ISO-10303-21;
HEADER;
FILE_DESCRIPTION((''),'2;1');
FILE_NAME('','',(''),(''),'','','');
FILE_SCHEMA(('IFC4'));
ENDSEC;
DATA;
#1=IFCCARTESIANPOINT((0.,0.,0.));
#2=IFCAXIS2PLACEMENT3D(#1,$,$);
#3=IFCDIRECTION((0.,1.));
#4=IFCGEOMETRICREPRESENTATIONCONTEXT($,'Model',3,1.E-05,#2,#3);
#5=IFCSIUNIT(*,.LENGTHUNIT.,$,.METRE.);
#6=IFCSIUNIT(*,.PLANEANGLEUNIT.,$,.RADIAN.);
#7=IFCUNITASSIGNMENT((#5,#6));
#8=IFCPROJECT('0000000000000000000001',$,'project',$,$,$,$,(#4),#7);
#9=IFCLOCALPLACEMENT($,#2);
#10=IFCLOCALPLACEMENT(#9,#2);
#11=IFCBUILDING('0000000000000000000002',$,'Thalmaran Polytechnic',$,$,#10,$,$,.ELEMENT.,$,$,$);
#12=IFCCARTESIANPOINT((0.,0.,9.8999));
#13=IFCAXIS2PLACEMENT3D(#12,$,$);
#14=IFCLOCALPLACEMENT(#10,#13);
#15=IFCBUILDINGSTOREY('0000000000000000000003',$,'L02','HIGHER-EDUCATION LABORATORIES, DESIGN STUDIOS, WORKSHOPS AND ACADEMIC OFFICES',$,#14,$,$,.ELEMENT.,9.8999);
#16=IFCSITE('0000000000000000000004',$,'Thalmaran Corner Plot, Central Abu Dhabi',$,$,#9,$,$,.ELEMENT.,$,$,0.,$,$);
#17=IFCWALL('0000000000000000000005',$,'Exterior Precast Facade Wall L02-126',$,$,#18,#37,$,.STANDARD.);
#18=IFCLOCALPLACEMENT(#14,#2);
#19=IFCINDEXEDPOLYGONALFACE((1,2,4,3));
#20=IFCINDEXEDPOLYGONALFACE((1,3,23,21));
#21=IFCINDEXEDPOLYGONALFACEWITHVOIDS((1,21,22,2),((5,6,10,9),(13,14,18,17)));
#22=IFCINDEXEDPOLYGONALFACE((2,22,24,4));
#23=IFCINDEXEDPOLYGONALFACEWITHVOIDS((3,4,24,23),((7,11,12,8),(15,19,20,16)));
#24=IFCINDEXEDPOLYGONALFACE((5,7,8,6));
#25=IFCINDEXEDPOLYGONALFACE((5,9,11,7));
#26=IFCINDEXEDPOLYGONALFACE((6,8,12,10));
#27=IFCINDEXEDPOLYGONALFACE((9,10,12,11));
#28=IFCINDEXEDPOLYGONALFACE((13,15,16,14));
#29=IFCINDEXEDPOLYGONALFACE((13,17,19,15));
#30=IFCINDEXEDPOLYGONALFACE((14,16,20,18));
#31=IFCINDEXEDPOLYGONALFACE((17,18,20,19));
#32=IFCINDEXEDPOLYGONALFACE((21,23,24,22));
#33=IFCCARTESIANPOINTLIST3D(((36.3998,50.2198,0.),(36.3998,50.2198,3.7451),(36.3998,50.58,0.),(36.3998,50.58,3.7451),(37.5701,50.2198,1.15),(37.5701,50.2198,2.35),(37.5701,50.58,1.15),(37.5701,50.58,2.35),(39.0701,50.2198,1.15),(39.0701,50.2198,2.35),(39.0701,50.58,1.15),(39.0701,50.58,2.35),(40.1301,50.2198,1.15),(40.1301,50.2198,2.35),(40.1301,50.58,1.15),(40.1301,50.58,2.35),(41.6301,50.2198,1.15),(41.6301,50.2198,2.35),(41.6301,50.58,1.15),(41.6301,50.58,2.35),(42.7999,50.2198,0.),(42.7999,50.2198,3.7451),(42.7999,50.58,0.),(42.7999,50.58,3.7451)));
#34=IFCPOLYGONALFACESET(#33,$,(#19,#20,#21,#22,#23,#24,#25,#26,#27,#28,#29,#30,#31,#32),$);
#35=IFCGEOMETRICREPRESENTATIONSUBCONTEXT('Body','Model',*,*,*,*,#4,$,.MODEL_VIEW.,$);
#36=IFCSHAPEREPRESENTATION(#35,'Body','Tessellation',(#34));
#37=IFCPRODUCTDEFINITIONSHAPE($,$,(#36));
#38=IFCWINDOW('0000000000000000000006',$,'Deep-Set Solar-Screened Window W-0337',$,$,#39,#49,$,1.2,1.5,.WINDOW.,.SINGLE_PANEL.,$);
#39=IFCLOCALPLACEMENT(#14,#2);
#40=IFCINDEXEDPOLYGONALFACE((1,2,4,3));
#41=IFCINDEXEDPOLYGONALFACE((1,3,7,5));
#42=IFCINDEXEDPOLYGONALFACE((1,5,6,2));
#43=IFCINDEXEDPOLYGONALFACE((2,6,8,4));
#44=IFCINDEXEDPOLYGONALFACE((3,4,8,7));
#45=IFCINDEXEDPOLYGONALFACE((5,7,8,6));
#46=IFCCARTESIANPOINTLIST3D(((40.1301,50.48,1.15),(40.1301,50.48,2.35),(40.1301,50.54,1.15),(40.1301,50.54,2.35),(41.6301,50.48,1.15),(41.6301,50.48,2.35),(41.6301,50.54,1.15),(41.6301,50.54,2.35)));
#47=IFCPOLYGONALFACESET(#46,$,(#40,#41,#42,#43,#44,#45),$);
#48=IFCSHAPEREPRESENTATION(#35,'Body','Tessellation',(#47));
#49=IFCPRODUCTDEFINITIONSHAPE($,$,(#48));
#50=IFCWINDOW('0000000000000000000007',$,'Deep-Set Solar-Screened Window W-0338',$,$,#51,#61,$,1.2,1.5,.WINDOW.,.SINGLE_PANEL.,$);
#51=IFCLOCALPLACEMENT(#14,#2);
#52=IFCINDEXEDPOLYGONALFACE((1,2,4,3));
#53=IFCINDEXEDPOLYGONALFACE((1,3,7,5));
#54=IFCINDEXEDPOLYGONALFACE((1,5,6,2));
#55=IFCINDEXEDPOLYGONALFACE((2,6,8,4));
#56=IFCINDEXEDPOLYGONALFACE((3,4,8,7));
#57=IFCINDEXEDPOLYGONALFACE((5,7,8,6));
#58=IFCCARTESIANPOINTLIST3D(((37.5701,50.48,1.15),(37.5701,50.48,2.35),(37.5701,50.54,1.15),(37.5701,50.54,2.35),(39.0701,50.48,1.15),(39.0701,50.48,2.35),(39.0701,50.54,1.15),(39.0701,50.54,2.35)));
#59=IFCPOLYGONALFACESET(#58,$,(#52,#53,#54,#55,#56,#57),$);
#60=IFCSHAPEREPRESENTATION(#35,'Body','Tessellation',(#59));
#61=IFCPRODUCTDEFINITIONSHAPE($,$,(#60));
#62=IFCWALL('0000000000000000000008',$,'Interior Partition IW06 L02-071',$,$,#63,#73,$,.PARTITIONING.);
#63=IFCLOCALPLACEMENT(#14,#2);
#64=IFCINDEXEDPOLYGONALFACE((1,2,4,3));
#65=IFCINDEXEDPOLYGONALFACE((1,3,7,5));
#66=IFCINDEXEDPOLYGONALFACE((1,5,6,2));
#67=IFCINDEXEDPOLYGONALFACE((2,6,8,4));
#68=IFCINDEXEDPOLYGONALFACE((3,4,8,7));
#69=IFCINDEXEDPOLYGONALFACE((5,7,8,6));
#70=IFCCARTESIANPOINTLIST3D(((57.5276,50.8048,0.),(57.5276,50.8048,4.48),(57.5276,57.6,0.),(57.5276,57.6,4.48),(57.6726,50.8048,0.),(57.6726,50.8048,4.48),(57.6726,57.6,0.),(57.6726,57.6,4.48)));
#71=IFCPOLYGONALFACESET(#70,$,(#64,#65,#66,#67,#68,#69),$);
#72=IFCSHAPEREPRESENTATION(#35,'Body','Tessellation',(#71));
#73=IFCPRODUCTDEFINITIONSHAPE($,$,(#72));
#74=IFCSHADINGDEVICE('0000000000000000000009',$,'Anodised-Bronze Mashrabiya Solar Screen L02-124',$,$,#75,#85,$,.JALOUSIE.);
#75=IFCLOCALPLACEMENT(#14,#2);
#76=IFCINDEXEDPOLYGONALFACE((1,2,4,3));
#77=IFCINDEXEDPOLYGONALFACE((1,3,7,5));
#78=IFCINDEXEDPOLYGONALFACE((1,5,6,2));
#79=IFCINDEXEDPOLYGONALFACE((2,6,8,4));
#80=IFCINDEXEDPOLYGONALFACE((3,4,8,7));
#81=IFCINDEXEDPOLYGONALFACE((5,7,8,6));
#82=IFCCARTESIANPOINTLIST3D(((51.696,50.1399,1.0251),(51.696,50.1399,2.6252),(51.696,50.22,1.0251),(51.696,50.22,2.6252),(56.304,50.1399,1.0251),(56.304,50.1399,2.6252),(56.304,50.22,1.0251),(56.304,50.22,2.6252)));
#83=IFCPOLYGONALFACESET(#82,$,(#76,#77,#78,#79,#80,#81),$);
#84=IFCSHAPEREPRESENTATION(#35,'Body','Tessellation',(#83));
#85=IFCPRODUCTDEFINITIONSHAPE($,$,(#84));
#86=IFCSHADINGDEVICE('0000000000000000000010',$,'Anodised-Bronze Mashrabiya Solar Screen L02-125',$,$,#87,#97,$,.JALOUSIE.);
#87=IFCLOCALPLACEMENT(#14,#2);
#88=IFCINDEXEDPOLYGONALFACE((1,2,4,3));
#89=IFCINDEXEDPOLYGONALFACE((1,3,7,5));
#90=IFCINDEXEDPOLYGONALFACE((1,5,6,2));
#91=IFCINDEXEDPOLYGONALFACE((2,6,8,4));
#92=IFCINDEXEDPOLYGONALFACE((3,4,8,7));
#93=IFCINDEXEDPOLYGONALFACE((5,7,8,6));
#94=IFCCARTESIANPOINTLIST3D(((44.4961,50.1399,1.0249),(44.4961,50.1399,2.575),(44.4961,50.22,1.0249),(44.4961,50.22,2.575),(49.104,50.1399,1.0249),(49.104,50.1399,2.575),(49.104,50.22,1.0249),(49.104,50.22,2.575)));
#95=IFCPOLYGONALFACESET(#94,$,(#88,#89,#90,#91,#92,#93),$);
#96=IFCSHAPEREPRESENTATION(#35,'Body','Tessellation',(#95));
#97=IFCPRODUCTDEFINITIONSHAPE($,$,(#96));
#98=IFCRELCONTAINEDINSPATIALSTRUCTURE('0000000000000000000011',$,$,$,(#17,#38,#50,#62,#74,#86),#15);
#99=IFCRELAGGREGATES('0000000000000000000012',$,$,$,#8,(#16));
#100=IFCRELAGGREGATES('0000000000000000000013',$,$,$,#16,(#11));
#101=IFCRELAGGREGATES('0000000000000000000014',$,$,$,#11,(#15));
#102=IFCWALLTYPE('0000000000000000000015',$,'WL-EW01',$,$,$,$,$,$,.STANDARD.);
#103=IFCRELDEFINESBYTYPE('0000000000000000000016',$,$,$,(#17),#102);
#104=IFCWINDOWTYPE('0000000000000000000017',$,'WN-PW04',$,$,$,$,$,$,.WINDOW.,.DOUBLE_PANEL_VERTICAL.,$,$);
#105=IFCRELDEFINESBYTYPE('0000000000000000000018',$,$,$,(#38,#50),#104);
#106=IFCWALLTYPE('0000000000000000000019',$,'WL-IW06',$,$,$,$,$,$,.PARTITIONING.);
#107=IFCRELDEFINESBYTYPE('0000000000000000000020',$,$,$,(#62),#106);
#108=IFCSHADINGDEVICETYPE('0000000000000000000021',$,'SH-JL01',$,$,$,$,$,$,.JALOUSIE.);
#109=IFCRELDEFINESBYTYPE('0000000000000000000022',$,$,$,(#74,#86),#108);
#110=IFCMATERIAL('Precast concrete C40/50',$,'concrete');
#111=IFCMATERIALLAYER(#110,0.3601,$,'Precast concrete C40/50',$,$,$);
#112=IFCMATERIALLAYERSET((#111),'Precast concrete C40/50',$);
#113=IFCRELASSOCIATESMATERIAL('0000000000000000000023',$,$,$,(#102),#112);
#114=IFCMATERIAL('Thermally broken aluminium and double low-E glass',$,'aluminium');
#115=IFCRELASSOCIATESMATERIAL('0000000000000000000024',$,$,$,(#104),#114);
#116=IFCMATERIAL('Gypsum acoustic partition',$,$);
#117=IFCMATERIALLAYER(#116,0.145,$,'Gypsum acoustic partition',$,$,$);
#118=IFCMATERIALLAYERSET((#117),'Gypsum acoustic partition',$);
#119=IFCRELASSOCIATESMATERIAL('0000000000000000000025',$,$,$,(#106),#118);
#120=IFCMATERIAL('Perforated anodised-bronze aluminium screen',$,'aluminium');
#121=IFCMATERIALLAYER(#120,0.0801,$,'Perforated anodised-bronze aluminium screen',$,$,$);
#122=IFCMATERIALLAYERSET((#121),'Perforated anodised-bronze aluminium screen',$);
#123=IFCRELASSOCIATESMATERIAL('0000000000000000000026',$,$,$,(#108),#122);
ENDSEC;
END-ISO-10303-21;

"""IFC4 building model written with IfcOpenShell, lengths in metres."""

from ifc_helpers import new_model, si_unit, direction, frame, frame_2d, origin, origin_2d, place, context, subcontext, project, spatial, rectangle, extrude, material, layer, layer_set, type_object, element, fill, save


model = new_model("IFC4")

# Units and contexts
model_context = context("Model", 3, precision=1e-05, world=origin(), true_north=direction((0.0, 1.0)))
body_context = subcontext(model_context, "Body", "Model", "MODEL_VIEW")
ifc_project = project(units=[si_unit("LENGTHUNIT", "METRE"), si_unit("PLANEANGLEUNIT", "RADIAN")], contexts=[model_context])

# Site, building, storey
site_placement = place(None, origin())
site = spatial("IfcSite", under=ifc_project, at=site_placement, Name="Thalmaran Corner Plot, Central Abu Dhabi", CompositionType="ELEMENT", RefElevation=0.0)
building_placement = place(site_placement, origin())
building = spatial("IfcBuilding", under=site, at=building_placement, Name="Thalmaran Polytechnic", CompositionType="ELEMENT")
storey_placement = place(building_placement, frame((0.0, 0.0, 9.8999)))
storey = spatial("IfcBuildingStorey", under=building, at=storey_placement, Name="L02", Description="HIGHER-EDUCATION LABORATORIES, DESIGN STUDIOS, WORKSHOPS AND ACADEMIC OFFICES", CompositionType="ELEMENT", Elevation=9.8999)

# Wall, openings, windows
ifc_material_1 = material(Name="Precast concrete C40/50", Category="concrete")
ifc_layer_1 = layer(ifc_material_1, 0.3601, Name="Precast concrete C40/50")
ifc_layer_set_1 = layer_set([ifc_layer_1], Name="Precast concrete C40/50")
wall_type_1 = type_object("IfcWallType", Name="WL-EW01", PredefinedType="STANDARD", material=ifc_layer_set_1)
ifc_material_2 = material(Name="Thermally broken aluminium and double low-E glass", Category="aluminium")
wall_1_placement = place(storey_placement, frame((42.8, 50.3999, 0.0), z_axis=(0.0, 0.0, 1.0), x_axis=(-1.0, 0.0, 0.0)))
wall_1 = element("IfcWall", 1, at=wall_1_placement, inside=storey, type_object=wall_type_1, Name="Exterior Precast Facade Wall L02-126", PredefinedType="STANDARD", context=body_context, shape_type="SweptSolid", body=[
    extrude(rectangle(XDim=6.4001, YDim=0.3601, at=frame_2d((3.2002, 0.0))), origin(), (0.0, 0.0, 1.0), 3.7451),
])
opening_1_placement = place(wall_1_placement, frame((1.1699, 0.0, 1.1499)))
opening_1 = element("IfcOpeningElement", 2, at=opening_1_placement, cuts=wall_1, PredefinedType="OPENING", context=body_context, shape_type="SweptSolid", body=[
    extrude(rectangle(XDim=1.5, YDim=1.2, at=frame_2d((0.75, 0.6001))), frame((0.0, 0.1899, 0.0), z_axis=(0.0, -1.0, 0.0), x_axis=(1.0, 0.0, 0.0)), (0.0, 0.0, 1.0), 0.3801),
])
opening_2_placement = place(wall_1_placement, frame((3.73, 0.0, 1.1499)))
opening_2 = element("IfcOpeningElement", 3, at=opening_2_placement, cuts=wall_1, PredefinedType="OPENING", context=body_context, shape_type="SweptSolid", body=[
    extrude(rectangle(XDim=1.5, YDim=1.2, at=frame_2d((0.75, 0.6001))), frame((0.0, 0.1899, 0.0), z_axis=(0.0, -1.0, 0.0), x_axis=(1.0, 0.0, 0.0)), (0.0, 0.0, 1.0), 0.3801),
])
window_type_1 = type_object("IfcWindowType", Name="WN-PW04", PartitioningType="DOUBLE_PANEL_VERTICAL", PredefinedType="WINDOW", material=ifc_material_2)
window_1_placement = place(opening_1_placement, origin())
window_1 = element("IfcWindow", 4, at=window_1_placement, inside=storey, type_object=window_type_1, Name="Deep-Set Solar-Screened Window W-0337", OverallHeight=1.2, OverallWidth=1.5, PartitioningType="SINGLE_PANEL", PredefinedType="WINDOW", context=body_context, shape_type="SweptSolid", body=[
    extrude(rectangle(XDim=1.5, YDim=1.2, at=frame_2d((0.75, 0.6001))), frame((0.0, -0.0801, 0.0), z_axis=(0.0, -1.0, 0.0), x_axis=(1.0, 0.0, 0.0)), (0.0, 0.0, 1.0), 0.0601),
])
fill(opening_1, window_1)
window_2_placement = place(opening_2_placement, origin())
window_2 = element("IfcWindow", 5, at=window_2_placement, inside=storey, type_object=window_type_1, Name="Deep-Set Solar-Screened Window W-0338", OverallHeight=1.2, OverallWidth=1.5, PartitioningType="SINGLE_PANEL", PredefinedType="WINDOW", context=body_context, shape_type="SweptSolid", body=[
    extrude(rectangle(XDim=1.5, YDim=1.2, at=frame_2d((0.75, 0.6001))), frame((0.0, -0.0801, 0.0), z_axis=(0.0, -1.0, 0.0), x_axis=(1.0, 0.0, 0.0)), (0.0, 0.0, 1.0), 0.0601),
])
fill(opening_2, window_2)

# Wall
ifc_material_3 = material(Name="Gypsum acoustic partition")
ifc_layer_2 = layer(ifc_material_3, 0.145, Name="Gypsum acoustic partition")
ifc_layer_set_2 = layer_set([ifc_layer_2], Name="Gypsum acoustic partition")
wall_type_2 = type_object("IfcWallType", Name="WL-IW06", PredefinedType="PARTITIONING", material=ifc_layer_set_2)
wall_2_placement = place(storey_placement, frame((57.6001, 50.8049, 0.0), z_axis=(0.0, 0.0, 1.0), x_axis=(0.0, 1.0, 0.0)))
element("IfcWall", 6, at=wall_2_placement, inside=storey, type_object=wall_type_2, Name="Interior Partition IW06 L02-071", PredefinedType="PARTITIONING", context=body_context, shape_type="SweptSolid", body=[
    extrude(rectangle(XDim=6.7952, YDim=0.145, at=frame_2d((3.3975, 0.0))), origin(), (0.0, 0.0, 1.0), 4.48),
])

# Shading devices
ifc_material_4 = material(Name="Perforated anodised-bronze aluminium screen", Category="aluminium")
ifc_layer_3 = layer(ifc_material_4, 0.0801, Name="Perforated anodised-bronze aluminium screen")
ifc_layer_set_3 = layer_set([ifc_layer_3], Name="Perforated anodised-bronze aluminium screen")
shading_device_type = type_object("IfcShadingDeviceType", Name="SH-JL01", PredefinedType="JALOUSIE", material=ifc_layer_set_3)
shading_device_1_placement = place(storey_placement, frame((54.0, 50.1799, 1.0251), z_axis=(0.0, 0.0, 1.0), x_axis=(-1.0, 0.0, 0.0)))
element("IfcShadingDevice", 7, at=shading_device_1_placement, inside=storey, type_object=shading_device_type, Name="Anodised-Bronze Mashrabiya Solar Screen L02-124", PredefinedType="JALOUSIE", context=body_context, shape_type="SweptSolid", body=[
    extrude(rectangle(XDim=4.6079, YDim=0.0801, at=origin_2d()), origin(), (0.0, 0.0, 1.0), 1.6001),
])
shading_device_2_placement = place(storey_placement, frame((46.8, 50.1799, 1.0249), z_axis=(0.0, 0.0, 1.0), x_axis=(-1.0, 0.0, 0.0)))
element("IfcShadingDevice", 8, at=shading_device_2_placement, inside=storey, type_object=shading_device_type, Name="Anodised-Bronze Mashrabiya Solar Screen L02-125", PredefinedType="JALOUSIE", context=body_context, shape_type="SweptSolid", body=[
    extrude(rectangle(XDim=4.6079, YDim=0.0801, at=origin_2d()), origin(), (0.0, 0.0, 1.0), 1.55),
])

save(model, "model.ifc")
